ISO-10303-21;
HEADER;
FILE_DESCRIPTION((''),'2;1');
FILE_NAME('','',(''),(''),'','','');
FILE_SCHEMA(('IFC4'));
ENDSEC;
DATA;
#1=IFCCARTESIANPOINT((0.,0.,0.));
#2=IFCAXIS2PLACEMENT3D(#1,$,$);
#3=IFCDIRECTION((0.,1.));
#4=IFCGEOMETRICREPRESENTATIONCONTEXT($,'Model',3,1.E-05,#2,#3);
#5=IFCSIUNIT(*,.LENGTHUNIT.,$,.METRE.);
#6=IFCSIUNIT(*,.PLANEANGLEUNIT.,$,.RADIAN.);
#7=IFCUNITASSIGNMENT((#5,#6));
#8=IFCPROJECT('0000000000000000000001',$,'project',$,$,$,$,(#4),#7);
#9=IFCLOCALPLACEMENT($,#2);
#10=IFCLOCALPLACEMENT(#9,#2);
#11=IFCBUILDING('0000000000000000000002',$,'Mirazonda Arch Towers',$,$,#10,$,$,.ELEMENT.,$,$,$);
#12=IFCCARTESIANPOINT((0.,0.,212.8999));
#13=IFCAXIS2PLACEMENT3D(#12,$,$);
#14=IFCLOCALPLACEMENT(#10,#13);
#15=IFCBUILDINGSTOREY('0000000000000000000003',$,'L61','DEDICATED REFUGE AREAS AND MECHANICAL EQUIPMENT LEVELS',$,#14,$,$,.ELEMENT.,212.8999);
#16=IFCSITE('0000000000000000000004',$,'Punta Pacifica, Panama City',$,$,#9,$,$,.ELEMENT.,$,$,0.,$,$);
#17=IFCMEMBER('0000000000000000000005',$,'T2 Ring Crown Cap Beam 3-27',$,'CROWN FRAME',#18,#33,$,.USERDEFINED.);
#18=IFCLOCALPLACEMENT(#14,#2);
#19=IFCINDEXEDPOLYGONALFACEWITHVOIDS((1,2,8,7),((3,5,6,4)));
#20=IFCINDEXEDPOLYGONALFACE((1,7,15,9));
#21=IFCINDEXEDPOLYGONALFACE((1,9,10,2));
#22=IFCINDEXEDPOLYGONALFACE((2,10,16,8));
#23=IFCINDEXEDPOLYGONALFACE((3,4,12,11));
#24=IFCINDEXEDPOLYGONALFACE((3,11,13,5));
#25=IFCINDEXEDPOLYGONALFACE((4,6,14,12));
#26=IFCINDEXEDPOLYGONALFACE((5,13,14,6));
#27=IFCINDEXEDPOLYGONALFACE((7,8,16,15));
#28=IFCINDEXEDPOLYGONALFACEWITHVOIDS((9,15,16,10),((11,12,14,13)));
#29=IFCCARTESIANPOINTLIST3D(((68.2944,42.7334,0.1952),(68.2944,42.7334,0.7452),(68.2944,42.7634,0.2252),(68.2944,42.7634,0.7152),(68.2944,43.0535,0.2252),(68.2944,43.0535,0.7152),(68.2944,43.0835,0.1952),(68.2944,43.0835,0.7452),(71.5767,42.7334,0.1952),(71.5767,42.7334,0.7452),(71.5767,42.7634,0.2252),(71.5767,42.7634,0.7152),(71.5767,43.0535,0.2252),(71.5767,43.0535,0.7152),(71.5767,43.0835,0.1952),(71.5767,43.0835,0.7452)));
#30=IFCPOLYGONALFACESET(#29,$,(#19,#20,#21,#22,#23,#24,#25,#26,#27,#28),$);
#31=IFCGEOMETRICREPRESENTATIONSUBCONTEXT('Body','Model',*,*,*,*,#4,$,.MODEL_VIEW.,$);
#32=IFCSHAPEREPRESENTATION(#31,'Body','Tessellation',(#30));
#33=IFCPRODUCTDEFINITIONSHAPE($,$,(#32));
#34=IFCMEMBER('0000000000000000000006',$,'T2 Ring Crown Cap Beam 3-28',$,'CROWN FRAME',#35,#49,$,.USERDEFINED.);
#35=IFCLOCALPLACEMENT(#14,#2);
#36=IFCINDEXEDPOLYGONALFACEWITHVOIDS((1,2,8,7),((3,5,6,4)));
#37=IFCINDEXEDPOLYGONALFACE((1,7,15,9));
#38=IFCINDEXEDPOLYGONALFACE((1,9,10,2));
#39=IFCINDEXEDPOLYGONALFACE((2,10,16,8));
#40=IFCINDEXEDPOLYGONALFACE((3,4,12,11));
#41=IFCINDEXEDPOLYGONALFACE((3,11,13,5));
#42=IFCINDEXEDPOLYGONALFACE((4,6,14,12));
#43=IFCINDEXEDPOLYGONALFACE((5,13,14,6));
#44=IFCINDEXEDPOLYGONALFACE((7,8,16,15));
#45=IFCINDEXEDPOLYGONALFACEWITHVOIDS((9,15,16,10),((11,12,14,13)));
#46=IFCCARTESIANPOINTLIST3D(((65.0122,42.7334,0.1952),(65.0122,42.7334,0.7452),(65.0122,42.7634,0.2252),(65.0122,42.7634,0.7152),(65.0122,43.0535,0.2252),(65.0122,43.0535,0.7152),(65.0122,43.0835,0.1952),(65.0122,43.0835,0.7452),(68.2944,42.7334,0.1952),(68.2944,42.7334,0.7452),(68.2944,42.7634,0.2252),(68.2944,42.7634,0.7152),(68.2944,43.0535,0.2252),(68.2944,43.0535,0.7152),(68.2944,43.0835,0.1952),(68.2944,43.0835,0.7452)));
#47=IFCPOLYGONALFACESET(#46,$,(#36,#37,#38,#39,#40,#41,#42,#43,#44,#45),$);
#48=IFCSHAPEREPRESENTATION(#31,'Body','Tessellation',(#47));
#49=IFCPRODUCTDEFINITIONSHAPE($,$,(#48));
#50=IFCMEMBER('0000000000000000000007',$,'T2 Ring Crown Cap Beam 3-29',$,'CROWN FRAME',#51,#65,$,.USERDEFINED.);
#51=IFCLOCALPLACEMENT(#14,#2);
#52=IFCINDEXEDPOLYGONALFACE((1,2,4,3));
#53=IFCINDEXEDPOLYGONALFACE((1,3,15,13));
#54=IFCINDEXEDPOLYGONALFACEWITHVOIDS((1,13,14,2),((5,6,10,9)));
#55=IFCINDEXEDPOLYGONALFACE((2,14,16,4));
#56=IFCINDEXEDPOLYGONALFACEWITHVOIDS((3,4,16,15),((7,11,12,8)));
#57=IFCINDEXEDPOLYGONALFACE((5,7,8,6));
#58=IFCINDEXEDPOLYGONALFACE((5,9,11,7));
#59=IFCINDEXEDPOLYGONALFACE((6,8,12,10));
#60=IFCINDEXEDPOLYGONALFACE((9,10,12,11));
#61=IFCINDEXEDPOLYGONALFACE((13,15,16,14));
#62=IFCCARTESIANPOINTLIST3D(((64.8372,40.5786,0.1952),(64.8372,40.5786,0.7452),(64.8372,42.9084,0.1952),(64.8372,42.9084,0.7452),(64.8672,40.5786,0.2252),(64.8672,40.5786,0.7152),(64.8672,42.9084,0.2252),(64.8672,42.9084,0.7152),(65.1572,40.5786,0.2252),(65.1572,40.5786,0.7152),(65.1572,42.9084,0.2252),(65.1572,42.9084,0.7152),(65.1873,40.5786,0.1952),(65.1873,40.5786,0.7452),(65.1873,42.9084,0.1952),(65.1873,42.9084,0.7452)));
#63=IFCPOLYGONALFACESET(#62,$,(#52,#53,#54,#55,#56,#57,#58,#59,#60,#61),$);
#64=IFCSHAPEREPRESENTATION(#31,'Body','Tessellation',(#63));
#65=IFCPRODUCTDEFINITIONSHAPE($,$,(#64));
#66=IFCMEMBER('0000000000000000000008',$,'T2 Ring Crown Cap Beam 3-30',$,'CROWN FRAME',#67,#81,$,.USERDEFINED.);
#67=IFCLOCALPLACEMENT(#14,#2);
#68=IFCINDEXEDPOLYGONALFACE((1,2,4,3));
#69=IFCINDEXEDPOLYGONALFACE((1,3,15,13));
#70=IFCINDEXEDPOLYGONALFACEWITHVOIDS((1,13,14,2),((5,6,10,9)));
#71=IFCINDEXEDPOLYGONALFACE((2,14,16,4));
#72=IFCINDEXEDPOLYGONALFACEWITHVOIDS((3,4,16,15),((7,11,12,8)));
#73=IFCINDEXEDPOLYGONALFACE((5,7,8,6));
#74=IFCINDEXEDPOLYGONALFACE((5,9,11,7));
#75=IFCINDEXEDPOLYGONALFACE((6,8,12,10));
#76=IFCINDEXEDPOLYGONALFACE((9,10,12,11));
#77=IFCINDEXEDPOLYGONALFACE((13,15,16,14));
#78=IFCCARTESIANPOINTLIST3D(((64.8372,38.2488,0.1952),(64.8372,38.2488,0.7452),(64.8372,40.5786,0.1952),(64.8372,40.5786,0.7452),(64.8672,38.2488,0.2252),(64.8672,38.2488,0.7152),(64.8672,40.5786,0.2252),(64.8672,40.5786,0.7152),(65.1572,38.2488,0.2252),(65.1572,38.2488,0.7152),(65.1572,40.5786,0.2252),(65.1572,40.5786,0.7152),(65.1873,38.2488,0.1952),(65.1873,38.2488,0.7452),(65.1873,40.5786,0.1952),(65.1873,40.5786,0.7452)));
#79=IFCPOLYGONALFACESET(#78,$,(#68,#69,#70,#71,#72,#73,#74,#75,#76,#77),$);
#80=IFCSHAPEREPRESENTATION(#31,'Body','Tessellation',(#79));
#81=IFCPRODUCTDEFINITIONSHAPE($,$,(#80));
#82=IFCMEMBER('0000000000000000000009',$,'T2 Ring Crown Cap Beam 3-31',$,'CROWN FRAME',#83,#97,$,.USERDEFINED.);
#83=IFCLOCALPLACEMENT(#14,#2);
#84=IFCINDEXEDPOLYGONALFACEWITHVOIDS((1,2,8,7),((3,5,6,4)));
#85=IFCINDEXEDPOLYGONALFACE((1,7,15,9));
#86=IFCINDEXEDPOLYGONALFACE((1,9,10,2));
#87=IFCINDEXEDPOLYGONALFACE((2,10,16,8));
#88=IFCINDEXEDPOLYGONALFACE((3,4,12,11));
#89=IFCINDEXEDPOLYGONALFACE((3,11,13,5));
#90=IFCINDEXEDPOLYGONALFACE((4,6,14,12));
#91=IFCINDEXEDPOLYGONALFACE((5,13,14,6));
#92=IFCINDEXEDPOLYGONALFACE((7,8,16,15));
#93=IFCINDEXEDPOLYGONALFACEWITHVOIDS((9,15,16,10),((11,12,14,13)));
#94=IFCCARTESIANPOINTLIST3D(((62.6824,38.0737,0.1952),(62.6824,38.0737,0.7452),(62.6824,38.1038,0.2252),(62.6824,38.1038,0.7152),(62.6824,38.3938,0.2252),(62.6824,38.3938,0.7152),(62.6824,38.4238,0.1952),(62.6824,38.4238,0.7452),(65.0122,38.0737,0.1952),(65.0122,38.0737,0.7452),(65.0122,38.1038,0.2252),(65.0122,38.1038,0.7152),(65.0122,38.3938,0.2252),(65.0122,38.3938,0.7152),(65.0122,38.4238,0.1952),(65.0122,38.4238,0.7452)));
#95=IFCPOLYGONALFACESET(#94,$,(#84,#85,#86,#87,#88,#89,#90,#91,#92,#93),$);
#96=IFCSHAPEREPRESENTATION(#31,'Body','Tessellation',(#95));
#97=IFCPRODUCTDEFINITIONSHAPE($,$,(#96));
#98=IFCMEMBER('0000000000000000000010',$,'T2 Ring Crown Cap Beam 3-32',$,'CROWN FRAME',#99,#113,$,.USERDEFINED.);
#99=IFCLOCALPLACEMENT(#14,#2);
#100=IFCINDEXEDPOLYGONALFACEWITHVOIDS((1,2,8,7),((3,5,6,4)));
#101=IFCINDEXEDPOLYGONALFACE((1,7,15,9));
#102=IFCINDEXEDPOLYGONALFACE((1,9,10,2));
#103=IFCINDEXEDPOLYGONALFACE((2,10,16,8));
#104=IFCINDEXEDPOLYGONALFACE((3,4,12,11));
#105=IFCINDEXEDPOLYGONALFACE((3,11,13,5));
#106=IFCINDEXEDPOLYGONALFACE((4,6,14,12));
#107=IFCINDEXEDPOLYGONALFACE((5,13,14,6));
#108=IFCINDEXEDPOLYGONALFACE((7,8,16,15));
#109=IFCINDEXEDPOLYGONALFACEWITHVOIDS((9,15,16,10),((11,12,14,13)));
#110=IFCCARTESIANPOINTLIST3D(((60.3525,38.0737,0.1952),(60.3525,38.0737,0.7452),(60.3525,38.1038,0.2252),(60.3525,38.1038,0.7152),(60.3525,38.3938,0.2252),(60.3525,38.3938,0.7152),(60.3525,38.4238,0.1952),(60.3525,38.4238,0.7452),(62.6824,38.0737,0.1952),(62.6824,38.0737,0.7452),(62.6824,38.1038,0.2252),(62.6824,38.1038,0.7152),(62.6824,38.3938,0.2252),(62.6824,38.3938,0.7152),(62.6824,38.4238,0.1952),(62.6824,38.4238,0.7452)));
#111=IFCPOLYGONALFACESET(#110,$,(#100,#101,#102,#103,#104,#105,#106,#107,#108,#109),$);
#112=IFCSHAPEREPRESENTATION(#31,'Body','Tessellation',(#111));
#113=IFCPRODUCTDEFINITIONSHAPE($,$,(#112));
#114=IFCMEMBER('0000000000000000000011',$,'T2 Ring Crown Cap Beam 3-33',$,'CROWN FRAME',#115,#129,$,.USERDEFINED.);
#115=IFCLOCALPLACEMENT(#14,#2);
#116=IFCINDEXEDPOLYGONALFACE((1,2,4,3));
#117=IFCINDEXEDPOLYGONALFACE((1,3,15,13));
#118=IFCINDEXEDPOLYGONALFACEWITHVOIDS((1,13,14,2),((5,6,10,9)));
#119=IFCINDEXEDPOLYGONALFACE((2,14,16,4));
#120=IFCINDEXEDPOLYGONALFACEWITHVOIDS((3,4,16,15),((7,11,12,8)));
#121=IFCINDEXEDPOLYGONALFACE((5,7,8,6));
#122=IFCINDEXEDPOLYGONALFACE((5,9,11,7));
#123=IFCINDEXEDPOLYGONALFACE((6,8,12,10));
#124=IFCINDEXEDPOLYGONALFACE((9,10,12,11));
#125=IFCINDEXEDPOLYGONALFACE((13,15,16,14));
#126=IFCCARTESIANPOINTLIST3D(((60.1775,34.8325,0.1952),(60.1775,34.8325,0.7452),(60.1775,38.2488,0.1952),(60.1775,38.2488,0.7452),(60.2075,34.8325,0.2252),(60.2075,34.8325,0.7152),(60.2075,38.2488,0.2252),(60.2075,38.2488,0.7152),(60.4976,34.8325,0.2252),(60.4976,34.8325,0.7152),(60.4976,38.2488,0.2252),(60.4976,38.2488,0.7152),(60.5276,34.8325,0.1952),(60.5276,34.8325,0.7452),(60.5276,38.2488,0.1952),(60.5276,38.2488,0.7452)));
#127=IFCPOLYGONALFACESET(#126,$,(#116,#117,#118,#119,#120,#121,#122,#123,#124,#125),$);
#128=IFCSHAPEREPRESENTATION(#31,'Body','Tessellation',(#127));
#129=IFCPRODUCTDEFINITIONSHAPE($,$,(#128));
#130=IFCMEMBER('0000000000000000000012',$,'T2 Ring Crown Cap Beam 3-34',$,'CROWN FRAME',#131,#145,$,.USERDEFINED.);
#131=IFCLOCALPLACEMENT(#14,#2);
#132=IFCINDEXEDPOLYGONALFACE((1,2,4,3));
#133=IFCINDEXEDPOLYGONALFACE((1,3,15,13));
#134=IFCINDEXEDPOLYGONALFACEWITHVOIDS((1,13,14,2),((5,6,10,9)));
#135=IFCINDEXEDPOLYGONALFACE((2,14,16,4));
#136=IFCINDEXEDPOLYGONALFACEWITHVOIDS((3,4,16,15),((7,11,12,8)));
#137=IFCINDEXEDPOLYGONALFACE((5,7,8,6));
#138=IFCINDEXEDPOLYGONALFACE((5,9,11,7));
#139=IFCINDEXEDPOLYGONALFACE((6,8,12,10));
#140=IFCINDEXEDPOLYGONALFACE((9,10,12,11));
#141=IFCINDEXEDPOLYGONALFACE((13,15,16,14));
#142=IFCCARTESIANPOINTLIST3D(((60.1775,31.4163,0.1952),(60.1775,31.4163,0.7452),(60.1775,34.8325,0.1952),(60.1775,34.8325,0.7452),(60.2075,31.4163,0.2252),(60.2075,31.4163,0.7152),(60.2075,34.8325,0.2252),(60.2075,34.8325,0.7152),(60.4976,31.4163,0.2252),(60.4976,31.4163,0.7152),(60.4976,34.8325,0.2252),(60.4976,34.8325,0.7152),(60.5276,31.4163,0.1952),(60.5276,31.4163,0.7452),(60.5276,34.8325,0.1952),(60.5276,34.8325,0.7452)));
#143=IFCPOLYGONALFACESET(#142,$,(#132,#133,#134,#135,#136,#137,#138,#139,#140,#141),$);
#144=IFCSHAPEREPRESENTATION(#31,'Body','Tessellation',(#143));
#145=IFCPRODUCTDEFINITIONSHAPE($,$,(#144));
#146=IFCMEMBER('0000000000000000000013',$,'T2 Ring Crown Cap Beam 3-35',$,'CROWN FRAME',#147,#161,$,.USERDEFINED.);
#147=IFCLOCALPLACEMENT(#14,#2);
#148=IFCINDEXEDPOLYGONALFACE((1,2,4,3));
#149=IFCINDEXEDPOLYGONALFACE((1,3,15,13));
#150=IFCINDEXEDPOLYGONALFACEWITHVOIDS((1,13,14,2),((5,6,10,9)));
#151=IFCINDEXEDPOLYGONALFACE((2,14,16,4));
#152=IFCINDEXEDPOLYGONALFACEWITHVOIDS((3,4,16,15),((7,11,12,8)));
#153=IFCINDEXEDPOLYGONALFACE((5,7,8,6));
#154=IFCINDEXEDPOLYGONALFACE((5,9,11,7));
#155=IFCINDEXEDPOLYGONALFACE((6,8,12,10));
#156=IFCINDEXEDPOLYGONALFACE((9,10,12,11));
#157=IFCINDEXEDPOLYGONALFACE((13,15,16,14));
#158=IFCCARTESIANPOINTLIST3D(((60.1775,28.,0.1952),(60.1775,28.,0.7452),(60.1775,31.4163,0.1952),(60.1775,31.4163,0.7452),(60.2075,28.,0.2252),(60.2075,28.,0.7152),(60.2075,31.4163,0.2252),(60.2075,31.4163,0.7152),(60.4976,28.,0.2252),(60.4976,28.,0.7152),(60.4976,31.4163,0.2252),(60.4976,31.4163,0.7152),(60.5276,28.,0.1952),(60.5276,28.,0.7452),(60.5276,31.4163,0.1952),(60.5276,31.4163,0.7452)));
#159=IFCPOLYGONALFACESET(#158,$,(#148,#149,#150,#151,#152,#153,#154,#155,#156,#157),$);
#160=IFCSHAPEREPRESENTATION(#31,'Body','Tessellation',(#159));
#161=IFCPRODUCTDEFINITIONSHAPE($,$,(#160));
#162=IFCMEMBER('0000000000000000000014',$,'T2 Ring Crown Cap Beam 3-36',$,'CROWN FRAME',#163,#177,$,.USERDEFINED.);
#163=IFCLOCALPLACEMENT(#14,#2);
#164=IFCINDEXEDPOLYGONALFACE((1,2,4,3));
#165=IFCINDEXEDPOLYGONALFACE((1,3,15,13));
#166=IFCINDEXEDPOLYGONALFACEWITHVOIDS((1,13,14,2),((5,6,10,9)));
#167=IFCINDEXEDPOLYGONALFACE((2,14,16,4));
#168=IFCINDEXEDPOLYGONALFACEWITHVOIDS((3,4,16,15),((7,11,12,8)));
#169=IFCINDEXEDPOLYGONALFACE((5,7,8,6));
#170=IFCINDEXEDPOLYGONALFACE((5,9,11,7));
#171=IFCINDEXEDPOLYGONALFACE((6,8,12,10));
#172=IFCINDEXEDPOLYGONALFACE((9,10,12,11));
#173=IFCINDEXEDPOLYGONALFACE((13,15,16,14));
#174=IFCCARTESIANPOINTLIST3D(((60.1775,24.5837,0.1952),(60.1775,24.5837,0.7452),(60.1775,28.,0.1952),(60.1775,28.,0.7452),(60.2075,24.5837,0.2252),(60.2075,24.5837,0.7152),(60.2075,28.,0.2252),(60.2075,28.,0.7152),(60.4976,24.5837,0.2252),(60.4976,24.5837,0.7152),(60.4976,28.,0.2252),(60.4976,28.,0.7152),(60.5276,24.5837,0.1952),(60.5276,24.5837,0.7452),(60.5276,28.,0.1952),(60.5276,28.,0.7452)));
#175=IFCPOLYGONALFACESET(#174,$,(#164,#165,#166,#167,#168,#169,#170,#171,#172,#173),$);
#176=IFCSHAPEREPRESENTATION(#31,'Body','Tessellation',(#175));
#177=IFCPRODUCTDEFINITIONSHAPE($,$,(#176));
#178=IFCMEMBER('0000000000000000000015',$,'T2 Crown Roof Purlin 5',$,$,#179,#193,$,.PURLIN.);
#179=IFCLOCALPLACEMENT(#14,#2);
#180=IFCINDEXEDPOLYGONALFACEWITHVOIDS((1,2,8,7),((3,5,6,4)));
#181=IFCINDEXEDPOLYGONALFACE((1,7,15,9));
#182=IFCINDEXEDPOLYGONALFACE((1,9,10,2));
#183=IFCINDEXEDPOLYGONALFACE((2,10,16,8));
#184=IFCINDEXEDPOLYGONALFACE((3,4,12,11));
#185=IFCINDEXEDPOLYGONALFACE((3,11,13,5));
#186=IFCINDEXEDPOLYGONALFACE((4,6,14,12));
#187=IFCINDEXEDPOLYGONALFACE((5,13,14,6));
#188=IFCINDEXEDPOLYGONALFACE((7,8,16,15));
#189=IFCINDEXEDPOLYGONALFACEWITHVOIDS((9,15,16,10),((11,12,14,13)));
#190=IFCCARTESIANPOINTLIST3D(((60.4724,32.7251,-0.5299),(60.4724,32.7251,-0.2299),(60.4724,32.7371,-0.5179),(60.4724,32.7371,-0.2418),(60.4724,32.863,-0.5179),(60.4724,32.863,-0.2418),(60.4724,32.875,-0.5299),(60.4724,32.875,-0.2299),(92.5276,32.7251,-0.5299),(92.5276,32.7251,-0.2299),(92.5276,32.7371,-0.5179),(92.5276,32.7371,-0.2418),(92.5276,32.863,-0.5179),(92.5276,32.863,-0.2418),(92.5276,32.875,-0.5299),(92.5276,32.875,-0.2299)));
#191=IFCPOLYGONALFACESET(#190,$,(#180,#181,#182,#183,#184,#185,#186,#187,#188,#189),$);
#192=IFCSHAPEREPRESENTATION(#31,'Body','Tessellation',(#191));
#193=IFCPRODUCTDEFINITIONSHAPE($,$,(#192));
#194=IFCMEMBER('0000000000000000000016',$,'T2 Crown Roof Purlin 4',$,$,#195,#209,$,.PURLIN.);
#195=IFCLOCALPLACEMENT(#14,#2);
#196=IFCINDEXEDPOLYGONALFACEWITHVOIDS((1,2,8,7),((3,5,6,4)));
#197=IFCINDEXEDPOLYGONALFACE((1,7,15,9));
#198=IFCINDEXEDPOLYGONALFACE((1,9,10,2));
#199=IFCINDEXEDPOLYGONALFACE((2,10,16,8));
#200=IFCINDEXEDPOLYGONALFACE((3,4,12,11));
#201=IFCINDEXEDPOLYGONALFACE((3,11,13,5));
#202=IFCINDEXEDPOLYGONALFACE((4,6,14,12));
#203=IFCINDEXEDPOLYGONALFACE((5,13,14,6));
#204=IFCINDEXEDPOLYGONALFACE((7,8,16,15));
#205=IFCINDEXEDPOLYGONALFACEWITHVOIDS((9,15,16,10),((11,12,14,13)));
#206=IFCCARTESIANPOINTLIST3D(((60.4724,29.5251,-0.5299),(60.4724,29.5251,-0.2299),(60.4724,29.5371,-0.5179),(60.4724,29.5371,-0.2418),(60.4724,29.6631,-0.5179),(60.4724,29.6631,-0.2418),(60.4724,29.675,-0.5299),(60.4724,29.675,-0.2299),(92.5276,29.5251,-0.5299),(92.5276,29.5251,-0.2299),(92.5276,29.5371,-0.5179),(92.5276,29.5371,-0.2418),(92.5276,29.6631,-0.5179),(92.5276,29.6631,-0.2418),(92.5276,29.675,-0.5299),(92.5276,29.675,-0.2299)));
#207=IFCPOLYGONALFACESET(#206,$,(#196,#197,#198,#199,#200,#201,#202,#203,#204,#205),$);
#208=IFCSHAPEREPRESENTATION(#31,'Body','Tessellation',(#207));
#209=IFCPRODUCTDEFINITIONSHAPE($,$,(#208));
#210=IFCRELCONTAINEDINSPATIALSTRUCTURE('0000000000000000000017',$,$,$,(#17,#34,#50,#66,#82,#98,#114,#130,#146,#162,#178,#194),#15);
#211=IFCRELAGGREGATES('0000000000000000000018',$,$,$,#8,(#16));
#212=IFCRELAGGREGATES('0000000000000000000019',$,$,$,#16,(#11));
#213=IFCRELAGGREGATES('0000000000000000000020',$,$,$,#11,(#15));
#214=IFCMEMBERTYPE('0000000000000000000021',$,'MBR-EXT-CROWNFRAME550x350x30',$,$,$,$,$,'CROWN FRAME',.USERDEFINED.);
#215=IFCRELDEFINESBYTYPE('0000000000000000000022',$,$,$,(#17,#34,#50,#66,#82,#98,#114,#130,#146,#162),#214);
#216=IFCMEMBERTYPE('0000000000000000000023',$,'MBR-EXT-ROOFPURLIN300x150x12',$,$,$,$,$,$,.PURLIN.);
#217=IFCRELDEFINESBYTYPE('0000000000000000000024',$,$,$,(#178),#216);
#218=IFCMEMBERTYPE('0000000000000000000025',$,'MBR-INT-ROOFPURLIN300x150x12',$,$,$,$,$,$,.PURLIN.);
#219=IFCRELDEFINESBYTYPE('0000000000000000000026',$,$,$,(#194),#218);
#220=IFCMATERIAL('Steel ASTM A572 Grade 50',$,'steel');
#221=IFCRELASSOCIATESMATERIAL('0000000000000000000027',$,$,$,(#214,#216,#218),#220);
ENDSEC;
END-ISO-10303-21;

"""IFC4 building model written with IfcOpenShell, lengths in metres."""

from ifc_helpers import new_model, si_unit, direction, frame, origin, origin_2d, place, context, subcontext, project, spatial, hollow_rectangle, extrude, material, material_profile, profile_set, type_object, element, save


model = new_model("IFC4")

# Units and contexts
model_context = context("Model", 3, precision=1e-05, world=origin(), true_north=direction((0.0, 1.0)))
body_context = subcontext(model_context, "Body", "Model", "MODEL_VIEW")
ifc_project = project(units=[si_unit("LENGTHUNIT", "METRE"), si_unit("PLANEANGLEUNIT", "RADIAN")], contexts=[model_context])

# Site, building, storey
site_placement = place(None, origin())
site = spatial("IfcSite", under=ifc_project, at=site_placement, Name="Punta Pacifica, Panama City", CompositionType="ELEMENT", RefElevation=0.0)
building_placement = place(site_placement, origin())
building = spatial("IfcBuilding", under=site, at=building_placement, Name="Mirazonda Arch Towers", CompositionType="ELEMENT")
storey_placement = place(building_placement, frame((0.0, 0.0, 212.8999)))
storey = spatial("IfcBuildingStorey", under=building, at=storey_placement, Name="L61", Description="DEDICATED REFUGE AREAS AND MECHANICAL EQUIPMENT LEVELS", CompositionType="ELEMENT", Elevation=212.8999)

# Members
ifc_material_1 = material(Name="Steel ASTM A572 Grade 50", Category="steel")
ifc_material_profile_1 = material_profile(ifc_material_1, hollow_rectangle(XDim=0.3501, YDim=0.55, WallThickness=0.03, at=origin_2d()), Name="CROWNFRAME550x350x30")
ifc_profile_set_1 = profile_set([ifc_material_profile_1], Name="Steel ASTM A572 Grade 50")
member_type_1 = type_object("IfcMemberType", Name="MBR-EXT-CROWNFRAME550x350x30", ElementType="CROWN FRAME", PredefinedType="USERDEFINED", material=ifc_profile_set_1)
for number, where, z_axis, x_axis, name in (
    (1, (71.5767, 42.9084, 0.4702), (-1.0, 0.0, 0.0), (0.0, -1.0, 0.0), "T2 Ring Crown Cap Beam 3-27"),
    (2, (68.2944, 42.9084, 0.4702), (-1.0, 0.0, 0.0), (0.0, -1.0, 0.0), "T2 Ring Crown Cap Beam 3-28"),
):
    element("IfcMember", number, at=place(storey_placement, frame(where, z_axis=z_axis, x_axis=x_axis)), inside=storey, type_object=member_type_1, Name=name, ObjectType="CROWN FRAME", PredefinedType="USERDEFINED", context=body_context, shape_type="SweptSolid", body=[
        extrude(hollow_rectangle(XDim=0.3501, YDim=0.55, WallThickness=0.03, at=origin_2d()), origin(), (0.0, 0.0, 1.0), 3.2822),
    ])
for number, where, z_axis, x_axis, name in (
    (3, (65.0122, 42.9084, 0.4702), (0.0, -1.0, 0.0), (1.0, 0.0, 0.0), "T2 Ring Crown Cap Beam 3-29"),
    (4, (65.0122, 40.5786, 0.4702), (0.0, -1.0, 0.0), (1.0, 0.0, 0.0), "T2 Ring Crown Cap Beam 3-30"),
    (5, (65.0122, 38.2488, 0.4702), (-1.0, 0.0, 0.0), (0.0, -1.0, 0.0), "T2 Ring Crown Cap Beam 3-31"),
    (6, (62.6824, 38.2488, 0.4702), (-1.0, 0.0, 0.0), (0.0, -1.0, 0.0), "T2 Ring Crown Cap Beam 3-32"),
):
    element("IfcMember", number, at=place(storey_placement, frame(where, z_axis=z_axis, x_axis=x_axis)), inside=storey, type_object=member_type_1, Name=name, ObjectType="CROWN FRAME", PredefinedType="USERDEFINED", context=body_context, shape_type="SweptSolid", body=[
        extrude(hollow_rectangle(XDim=0.3501, YDim=0.55, WallThickness=0.03, at=origin_2d()), origin(), (0.0, 0.0, 1.0), 2.3298),
    ])
for number, where, z_axis, x_axis, name in (
    (7, (60.3525, 38.2488, 0.4702), (0.0, -1.0, 0.0), (1.0, 0.0, 0.0), "T2 Ring Crown Cap Beam 3-33"),
    (8, (60.3525, 34.8325, 0.4702), (0.0, -1.0, 0.0), (1.0, 0.0, 0.0), "T2 Ring Crown Cap Beam 3-34"),
    (9, (60.3525, 31.4163, 0.4702), (0.0, -1.0, 0.0), (1.0, 0.0, 0.0), "T2 Ring Crown Cap Beam 3-35"),
    (10, (60.3525, 28.0, 0.4702), (0.0, -1.0, 0.0), (1.0, 0.0, 0.0), "T2 Ring Crown Cap Beam 3-36"),
):
    element("IfcMember", number, at=place(storey_placement, frame(where, z_axis=z_axis, x_axis=x_axis)), inside=storey, type_object=member_type_1, Name=name, ObjectType="CROWN FRAME", PredefinedType="USERDEFINED", context=body_context, shape_type="SweptSolid", body=[
        extrude(hollow_rectangle(XDim=0.3501, YDim=0.55, WallThickness=0.03, at=origin_2d()), origin(), (0.0, 0.0, 1.0), 3.4163),
    ])
ifc_material_profile_2 = material_profile(ifc_material_1, hollow_rectangle(XDim=0.1499, YDim=0.3, WallThickness=0.012, at=origin_2d()), Name="ROOFPURLIN300x150x12")
ifc_profile_set_2 = profile_set([ifc_material_profile_2], Name="Steel ASTM A572 Grade 50")
member_type_2 = type_object("IfcMemberType", Name="MBR-EXT-ROOFPURLIN300x150x12", PredefinedType="PURLIN", material=ifc_profile_set_2)
member_1_placement = place(storey_placement, frame((60.4724, 32.8, -0.3799), z_axis=(1.0, 0.0, 0.0), x_axis=(0.0, 1.0, 0.0)))
element("IfcMember", 11, at=member_1_placement, inside=storey, type_object=member_type_2, Name="T2 Crown Roof Purlin 5", PredefinedType="PURLIN", context=body_context, shape_type="SweptSolid", body=[
    extrude(hollow_rectangle(XDim=0.1499, YDim=0.3, WallThickness=0.012, at=origin_2d()), origin(), (0.0, 0.0, 1.0), 32.0552),
])
ifc_material_profile_3 = material_profile(ifc_material_1, hollow_rectangle(XDim=0.1499, YDim=0.3, WallThickness=0.012, at=origin_2d()), Name="ROOFPURLIN300x150x12")
ifc_profile_set_3 = profile_set([ifc_material_profile_3], Name="Steel ASTM A572 Grade 50")
member_type_3 = type_object("IfcMemberType", Name="MBR-INT-ROOFPURLIN300x150x12", PredefinedType="PURLIN", material=ifc_profile_set_3)
member_2_placement = place(storey_placement, frame((60.4724, 29.6001, -0.3799), z_axis=(1.0, 0.0, 0.0), x_axis=(0.0, 1.0, 0.0)))
element("IfcMember", 12, at=member_2_placement, inside=storey, type_object=member_type_3, Name="T2 Crown Roof Purlin 4", PredefinedType="PURLIN", context=body_context, shape_type="SweptSolid", body=[
    extrude(hollow_rectangle(XDim=0.1499, YDim=0.3, WallThickness=0.012, at=origin_2d()), origin(), (0.0, 0.0, 1.0), 32.0552),
])

save(model, "model.ifc")
